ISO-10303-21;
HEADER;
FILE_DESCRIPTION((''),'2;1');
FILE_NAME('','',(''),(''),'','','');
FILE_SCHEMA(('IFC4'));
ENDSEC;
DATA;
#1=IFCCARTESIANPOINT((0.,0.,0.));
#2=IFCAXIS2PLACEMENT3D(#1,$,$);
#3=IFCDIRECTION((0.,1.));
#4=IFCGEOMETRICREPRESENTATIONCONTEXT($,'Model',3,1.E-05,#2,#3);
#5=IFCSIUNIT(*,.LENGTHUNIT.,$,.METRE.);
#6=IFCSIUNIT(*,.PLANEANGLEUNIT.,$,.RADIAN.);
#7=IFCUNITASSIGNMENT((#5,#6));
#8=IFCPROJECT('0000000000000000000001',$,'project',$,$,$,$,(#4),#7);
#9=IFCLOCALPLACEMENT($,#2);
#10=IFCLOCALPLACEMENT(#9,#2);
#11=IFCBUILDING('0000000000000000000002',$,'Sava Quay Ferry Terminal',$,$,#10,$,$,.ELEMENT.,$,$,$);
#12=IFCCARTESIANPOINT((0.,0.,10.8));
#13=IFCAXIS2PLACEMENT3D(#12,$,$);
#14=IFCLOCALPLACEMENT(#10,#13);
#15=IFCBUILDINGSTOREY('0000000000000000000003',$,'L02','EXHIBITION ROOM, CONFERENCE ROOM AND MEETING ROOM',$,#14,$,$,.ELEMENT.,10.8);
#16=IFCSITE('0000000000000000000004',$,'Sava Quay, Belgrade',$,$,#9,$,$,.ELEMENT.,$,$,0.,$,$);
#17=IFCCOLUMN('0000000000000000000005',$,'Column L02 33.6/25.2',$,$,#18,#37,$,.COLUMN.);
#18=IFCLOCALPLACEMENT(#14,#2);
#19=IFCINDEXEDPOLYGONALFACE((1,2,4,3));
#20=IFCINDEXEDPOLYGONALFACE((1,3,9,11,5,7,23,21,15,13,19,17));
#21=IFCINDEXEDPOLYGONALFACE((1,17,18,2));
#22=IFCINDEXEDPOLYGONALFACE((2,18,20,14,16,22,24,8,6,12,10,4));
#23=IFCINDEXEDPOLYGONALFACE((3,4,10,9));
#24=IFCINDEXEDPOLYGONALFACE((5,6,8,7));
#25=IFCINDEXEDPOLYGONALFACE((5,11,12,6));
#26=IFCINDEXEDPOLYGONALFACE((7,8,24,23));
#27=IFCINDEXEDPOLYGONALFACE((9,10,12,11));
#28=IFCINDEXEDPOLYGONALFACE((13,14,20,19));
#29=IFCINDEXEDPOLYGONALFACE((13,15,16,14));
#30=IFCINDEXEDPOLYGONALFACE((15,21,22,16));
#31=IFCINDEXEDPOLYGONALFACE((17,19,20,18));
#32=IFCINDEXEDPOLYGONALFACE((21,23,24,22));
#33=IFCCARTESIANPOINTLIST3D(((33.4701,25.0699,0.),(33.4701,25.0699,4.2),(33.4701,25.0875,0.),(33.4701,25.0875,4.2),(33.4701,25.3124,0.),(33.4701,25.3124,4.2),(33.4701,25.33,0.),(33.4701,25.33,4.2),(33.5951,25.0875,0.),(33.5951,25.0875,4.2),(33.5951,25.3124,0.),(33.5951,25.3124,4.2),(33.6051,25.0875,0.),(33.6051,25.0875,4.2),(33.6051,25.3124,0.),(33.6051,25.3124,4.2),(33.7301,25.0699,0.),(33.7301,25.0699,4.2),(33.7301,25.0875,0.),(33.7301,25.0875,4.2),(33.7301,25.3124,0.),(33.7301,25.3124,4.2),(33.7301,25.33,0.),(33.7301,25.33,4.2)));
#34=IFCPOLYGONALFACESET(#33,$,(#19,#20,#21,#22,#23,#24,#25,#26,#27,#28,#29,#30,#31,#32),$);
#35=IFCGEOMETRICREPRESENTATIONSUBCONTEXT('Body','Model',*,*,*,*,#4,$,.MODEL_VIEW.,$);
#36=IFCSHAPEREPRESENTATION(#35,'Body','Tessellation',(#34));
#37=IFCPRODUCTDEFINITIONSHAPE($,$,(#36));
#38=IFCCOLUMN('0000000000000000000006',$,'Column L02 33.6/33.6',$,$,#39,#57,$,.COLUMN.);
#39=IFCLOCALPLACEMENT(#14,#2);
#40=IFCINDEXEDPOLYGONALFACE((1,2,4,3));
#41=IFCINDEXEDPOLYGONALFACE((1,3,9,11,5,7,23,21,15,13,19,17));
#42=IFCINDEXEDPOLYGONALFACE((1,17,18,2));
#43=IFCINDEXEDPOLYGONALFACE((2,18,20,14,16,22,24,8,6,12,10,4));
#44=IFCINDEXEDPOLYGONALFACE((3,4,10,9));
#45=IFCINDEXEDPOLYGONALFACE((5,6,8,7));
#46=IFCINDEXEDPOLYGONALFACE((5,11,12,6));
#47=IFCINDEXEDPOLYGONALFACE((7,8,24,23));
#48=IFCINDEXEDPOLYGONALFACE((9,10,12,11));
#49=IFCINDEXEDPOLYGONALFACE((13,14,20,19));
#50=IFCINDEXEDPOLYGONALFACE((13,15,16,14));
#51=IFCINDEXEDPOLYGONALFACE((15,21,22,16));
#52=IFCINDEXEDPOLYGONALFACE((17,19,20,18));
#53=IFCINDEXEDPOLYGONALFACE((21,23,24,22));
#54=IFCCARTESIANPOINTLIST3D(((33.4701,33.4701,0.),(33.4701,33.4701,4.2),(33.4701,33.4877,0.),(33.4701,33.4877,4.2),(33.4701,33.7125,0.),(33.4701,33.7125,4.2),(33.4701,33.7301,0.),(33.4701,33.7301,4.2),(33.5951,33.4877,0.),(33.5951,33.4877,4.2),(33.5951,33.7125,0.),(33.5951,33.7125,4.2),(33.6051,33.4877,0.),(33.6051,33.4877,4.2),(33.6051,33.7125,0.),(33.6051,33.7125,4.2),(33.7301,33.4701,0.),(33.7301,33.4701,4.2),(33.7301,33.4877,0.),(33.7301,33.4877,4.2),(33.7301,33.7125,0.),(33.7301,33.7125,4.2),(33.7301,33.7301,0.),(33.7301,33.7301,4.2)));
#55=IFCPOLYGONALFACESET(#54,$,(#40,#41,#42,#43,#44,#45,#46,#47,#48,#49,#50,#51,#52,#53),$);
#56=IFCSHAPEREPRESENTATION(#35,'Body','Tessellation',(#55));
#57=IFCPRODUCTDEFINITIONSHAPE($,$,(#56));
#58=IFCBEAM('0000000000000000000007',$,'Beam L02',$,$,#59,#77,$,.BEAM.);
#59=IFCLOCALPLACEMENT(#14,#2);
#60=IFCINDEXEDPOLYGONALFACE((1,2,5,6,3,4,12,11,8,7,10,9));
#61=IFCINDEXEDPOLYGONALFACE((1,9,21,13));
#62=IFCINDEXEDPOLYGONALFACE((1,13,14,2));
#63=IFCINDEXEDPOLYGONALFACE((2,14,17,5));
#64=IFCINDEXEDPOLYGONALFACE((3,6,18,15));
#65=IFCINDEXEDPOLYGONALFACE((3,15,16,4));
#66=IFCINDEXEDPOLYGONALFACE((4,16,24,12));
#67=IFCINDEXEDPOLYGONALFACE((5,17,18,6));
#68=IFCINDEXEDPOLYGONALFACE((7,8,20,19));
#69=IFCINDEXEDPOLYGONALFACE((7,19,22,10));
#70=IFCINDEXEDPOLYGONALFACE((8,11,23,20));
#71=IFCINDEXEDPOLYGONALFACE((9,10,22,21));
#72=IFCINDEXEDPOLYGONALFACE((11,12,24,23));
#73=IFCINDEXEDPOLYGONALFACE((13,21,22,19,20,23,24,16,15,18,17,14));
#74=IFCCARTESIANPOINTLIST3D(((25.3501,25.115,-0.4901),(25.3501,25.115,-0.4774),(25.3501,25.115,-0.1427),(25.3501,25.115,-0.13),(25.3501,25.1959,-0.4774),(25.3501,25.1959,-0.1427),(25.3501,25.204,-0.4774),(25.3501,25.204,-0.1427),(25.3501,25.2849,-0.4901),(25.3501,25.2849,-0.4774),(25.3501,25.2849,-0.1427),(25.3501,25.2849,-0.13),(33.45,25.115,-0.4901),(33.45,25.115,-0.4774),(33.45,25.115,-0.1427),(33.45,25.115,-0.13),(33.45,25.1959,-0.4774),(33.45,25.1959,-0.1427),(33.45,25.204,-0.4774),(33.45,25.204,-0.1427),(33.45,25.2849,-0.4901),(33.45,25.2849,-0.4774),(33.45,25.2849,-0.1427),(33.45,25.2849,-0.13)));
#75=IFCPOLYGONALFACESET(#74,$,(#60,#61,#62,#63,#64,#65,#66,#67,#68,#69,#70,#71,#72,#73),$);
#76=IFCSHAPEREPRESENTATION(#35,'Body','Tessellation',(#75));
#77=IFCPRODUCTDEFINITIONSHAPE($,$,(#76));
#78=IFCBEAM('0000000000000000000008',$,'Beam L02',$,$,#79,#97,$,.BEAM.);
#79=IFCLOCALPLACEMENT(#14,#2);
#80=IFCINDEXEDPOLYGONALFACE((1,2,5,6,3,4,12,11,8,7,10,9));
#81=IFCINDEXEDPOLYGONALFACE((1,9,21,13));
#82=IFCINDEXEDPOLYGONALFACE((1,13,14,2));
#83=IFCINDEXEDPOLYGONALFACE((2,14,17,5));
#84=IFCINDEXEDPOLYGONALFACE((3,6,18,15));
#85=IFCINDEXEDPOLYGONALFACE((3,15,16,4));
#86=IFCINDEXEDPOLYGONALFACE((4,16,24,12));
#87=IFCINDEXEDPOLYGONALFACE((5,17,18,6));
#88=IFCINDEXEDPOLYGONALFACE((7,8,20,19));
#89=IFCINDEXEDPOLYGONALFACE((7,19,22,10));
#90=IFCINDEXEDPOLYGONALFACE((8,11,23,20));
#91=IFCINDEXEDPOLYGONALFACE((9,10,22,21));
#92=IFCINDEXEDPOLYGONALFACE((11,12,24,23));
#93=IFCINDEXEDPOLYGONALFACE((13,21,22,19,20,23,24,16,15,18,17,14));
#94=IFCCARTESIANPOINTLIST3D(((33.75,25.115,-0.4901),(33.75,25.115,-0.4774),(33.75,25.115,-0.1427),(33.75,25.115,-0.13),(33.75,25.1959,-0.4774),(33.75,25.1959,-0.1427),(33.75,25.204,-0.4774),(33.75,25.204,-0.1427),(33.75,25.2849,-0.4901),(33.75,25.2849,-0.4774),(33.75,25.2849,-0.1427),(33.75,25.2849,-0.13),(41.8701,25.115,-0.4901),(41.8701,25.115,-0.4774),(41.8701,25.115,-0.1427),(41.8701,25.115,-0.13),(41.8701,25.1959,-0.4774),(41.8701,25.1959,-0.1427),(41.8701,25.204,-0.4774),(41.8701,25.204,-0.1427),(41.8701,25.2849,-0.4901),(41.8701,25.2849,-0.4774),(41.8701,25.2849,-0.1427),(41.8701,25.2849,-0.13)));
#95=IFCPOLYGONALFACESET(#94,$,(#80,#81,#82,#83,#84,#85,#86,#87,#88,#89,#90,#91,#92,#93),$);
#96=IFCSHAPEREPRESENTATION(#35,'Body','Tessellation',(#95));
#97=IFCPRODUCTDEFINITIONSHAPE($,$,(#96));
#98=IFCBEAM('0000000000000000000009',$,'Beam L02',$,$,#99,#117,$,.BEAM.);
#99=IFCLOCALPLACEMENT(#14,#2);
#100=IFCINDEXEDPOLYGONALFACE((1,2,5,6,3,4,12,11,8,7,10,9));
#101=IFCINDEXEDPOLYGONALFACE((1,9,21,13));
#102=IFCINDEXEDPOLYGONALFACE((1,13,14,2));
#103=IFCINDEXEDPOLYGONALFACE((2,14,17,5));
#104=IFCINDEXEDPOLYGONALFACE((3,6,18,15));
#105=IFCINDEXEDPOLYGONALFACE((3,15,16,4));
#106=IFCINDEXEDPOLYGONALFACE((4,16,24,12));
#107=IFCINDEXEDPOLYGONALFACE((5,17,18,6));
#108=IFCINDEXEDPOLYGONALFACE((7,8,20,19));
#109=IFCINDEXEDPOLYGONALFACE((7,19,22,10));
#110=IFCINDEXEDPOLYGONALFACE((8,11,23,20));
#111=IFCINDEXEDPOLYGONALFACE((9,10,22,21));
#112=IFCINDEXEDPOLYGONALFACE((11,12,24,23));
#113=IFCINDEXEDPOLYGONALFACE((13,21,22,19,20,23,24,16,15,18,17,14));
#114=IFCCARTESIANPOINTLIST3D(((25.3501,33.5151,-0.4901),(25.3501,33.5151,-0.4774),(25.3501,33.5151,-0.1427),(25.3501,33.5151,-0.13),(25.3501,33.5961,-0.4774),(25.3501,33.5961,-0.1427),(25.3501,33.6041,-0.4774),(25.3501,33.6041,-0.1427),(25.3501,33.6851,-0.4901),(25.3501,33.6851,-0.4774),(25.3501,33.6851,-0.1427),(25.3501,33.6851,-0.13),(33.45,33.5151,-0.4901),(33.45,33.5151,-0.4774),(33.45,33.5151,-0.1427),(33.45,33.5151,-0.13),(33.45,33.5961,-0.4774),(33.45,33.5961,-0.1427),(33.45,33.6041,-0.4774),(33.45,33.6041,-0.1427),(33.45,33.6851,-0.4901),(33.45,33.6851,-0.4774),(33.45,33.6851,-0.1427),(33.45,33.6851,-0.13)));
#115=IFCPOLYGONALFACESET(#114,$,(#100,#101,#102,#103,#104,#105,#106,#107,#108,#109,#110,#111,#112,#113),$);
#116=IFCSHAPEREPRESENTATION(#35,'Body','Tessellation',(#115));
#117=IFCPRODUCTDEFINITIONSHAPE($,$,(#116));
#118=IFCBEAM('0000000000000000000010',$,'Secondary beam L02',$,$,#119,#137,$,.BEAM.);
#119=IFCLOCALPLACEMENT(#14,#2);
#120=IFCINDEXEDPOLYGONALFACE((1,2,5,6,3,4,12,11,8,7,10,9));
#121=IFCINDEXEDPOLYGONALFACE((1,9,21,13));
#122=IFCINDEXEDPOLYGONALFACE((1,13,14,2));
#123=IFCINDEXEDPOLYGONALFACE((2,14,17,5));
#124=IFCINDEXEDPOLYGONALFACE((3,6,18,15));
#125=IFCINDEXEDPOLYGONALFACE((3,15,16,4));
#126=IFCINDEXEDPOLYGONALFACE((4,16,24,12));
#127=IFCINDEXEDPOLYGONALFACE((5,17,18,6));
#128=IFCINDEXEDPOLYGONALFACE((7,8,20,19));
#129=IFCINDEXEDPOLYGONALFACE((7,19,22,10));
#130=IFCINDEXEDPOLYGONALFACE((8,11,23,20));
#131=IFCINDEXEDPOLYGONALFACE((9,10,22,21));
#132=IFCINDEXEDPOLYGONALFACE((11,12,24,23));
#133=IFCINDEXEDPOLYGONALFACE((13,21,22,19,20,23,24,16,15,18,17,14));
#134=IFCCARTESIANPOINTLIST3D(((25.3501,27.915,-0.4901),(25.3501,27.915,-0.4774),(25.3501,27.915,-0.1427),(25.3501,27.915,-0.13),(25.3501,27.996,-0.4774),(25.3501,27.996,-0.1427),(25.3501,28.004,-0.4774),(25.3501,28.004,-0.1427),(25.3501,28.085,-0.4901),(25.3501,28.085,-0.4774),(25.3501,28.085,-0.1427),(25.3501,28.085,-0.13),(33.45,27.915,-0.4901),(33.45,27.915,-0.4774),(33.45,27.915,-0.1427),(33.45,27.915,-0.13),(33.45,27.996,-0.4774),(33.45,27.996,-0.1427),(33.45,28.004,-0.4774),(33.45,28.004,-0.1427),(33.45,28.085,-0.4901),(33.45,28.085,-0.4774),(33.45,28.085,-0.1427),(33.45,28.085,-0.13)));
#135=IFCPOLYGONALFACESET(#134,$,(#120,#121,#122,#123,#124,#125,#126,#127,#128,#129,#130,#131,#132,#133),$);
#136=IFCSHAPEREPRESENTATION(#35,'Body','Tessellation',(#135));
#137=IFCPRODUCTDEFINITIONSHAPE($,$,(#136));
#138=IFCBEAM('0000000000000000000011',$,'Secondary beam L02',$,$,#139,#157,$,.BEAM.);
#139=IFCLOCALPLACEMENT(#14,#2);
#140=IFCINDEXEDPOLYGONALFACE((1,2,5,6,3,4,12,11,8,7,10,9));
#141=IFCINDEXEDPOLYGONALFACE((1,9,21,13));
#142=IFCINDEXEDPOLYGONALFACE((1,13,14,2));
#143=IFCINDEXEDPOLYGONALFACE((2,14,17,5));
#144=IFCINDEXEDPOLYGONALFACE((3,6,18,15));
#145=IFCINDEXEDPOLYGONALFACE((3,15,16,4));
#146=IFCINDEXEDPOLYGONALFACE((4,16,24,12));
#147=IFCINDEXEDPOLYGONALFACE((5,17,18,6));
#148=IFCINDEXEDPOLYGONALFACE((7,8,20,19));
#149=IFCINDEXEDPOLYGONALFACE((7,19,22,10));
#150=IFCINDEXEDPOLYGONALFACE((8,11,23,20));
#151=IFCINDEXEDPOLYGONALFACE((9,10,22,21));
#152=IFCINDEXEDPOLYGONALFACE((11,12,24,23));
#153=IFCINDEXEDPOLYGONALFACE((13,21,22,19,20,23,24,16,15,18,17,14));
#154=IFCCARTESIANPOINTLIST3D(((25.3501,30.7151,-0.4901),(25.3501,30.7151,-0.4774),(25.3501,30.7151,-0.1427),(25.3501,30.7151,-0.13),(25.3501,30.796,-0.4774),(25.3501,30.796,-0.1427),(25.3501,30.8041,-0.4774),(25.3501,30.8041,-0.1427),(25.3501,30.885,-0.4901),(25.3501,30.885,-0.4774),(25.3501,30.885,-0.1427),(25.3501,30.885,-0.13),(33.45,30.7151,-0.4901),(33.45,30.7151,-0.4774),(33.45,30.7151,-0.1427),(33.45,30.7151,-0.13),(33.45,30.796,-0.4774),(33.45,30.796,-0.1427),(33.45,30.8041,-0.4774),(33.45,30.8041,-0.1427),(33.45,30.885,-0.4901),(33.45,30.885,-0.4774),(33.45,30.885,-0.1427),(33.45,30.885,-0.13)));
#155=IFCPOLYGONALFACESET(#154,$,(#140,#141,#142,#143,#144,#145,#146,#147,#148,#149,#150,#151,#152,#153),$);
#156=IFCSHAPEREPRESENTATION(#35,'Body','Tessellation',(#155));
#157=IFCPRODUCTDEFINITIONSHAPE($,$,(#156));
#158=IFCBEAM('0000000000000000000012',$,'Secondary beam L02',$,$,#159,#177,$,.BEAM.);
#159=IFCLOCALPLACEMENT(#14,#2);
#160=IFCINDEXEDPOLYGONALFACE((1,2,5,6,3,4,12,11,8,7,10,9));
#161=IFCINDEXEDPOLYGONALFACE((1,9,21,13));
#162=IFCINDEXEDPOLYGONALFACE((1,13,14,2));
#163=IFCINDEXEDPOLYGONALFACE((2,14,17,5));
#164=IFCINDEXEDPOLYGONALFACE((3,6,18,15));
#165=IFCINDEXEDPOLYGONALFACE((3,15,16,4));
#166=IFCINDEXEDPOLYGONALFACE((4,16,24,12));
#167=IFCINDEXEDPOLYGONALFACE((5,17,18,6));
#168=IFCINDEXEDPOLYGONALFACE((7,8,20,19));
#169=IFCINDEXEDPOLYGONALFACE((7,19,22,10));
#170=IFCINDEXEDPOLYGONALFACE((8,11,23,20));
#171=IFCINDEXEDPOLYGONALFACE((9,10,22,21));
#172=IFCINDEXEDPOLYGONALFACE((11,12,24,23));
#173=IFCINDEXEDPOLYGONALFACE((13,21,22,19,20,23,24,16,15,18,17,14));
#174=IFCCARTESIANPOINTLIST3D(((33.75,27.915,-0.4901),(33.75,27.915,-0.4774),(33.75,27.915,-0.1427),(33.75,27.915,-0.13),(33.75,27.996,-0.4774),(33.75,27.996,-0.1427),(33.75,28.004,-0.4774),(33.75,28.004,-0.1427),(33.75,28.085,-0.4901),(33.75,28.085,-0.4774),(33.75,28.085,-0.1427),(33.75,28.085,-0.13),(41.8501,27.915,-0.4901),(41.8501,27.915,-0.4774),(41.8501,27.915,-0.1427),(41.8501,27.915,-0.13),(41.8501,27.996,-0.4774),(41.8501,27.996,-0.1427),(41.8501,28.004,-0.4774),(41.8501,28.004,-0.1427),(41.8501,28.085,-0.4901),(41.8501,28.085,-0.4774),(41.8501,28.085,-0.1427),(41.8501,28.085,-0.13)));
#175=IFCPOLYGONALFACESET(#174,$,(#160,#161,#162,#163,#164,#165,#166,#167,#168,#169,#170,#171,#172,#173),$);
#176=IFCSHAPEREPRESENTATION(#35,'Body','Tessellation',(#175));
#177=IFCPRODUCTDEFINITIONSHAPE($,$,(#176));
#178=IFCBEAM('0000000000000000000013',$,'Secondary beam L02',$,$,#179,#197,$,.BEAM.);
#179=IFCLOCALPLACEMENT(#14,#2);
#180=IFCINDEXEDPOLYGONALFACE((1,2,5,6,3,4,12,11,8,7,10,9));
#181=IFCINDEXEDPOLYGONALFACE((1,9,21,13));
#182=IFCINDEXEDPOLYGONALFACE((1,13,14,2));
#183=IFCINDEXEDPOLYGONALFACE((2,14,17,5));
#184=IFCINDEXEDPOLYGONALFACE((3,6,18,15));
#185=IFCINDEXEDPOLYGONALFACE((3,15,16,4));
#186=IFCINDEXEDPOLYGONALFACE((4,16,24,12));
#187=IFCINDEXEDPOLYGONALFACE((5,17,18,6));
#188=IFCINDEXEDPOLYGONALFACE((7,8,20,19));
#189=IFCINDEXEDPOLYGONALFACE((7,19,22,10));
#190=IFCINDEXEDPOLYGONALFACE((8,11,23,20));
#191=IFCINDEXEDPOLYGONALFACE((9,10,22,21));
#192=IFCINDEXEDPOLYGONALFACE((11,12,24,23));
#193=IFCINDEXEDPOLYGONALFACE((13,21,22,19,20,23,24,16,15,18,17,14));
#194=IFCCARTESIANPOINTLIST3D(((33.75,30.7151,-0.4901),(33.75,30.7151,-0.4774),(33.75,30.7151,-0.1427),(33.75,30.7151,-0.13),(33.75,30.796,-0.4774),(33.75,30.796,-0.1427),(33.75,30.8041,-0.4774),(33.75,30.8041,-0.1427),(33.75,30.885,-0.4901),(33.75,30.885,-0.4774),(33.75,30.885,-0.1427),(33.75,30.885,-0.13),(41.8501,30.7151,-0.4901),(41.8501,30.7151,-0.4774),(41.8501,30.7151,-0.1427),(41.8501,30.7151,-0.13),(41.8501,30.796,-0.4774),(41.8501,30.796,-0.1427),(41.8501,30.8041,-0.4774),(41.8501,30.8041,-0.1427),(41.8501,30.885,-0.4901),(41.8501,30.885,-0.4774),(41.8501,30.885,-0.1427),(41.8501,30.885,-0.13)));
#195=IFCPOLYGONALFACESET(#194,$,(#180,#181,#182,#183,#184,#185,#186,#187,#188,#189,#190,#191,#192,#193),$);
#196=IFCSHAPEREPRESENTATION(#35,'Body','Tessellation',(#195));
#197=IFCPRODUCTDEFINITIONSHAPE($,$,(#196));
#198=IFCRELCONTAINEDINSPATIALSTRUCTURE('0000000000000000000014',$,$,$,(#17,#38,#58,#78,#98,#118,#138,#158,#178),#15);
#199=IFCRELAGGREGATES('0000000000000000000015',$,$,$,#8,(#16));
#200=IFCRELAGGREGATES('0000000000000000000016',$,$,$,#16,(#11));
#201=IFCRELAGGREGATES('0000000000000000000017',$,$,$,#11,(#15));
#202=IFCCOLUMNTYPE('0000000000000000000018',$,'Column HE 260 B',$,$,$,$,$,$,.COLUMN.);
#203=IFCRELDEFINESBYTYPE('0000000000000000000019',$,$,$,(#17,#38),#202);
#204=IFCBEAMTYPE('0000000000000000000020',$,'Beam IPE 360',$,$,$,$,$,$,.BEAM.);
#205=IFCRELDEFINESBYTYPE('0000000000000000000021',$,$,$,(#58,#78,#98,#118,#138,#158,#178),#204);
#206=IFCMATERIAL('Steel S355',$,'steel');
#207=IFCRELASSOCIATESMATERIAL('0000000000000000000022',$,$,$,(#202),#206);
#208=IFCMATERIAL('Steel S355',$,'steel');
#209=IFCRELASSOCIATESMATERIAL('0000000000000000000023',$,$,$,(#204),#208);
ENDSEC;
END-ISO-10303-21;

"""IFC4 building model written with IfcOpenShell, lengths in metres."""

from ifc_helpers import new_model, si_unit, direction, frame, origin, origin_2d, place, context, subcontext, project, spatial, i_section, extrude, material, material_profile, profile_set, type_object, element, save


model = new_model("IFC4")

# Units and contexts
model_context = context("Model", 3, precision=1e-05, world=origin(), true_north=direction((0.0, 1.0)))
body_context = subcontext(model_context, "Body", "Model", "MODEL_VIEW")
ifc_project = project(units=[si_unit("LENGTHUNIT", "METRE"), si_unit("PLANEANGLEUNIT", "RADIAN")], contexts=[model_context])

# Site, building, storey
site_placement = place(None, origin())
site = spatial("IfcSite", under=ifc_project, at=site_placement, Name="Sava Quay, Belgrade", CompositionType="ELEMENT", RefElevation=0.0)
building_placement = place(site_placement, origin())
building = spatial("IfcBuilding", under=site, at=building_placement, Name="Sava Quay Ferry Terminal", CompositionType="ELEMENT")
storey_placement = place(building_placement, frame((0.0, 0.0, 10.8)))
storey = spatial("IfcBuildingStorey", under=building, at=storey_placement, Name="L02", Description="EXHIBITION ROOM, CONFERENCE ROOM AND MEETING ROOM", CompositionType="ELEMENT", Elevation=10.8)

# Columns
ifc_material_1 = material(Name="Steel S355", Category="steel")
ifc_material_profile_1 = material_profile(ifc_material_1, i_section(OverallWidth=0.26, OverallDepth=0.26, WebThickness=0.01, FlangeThickness=0.0176, at=origin_2d()), Name="HE 260 B")
ifc_profile_set_1 = profile_set([ifc_material_profile_1], Name="Steel S355")
column_type = type_object("IfcColumnType", Name="Column HE 260 B", PredefinedType="COLUMN", material=ifc_profile_set_1)
for number, where, z_axis, x_axis, name in (
    (1, (33.6001, 25.2, 0.0), (0.0, 0.0, 1.0), (1.0, 0.0, 0.0), "Column L02 33.6/25.2"),
    (2, (33.6001, 33.6001, 0.0), (0.0, 0.0, 1.0), (1.0, 0.0, 0.0), "Column L02 33.6/33.6"),
):
    element("IfcColumn", number, at=place(storey_placement, frame(where, z_axis=z_axis, x_axis=x_axis)), inside=storey, type_object=column_type, Name=name, PredefinedType="COLUMN", context=body_context, shape_type="SweptSolid", body=[
        extrude(i_section(OverallWidth=0.26, OverallDepth=0.26, WebThickness=0.01, FlangeThickness=0.0176, at=origin_2d()), origin(), (0.0, 0.0, 1.0), 4.2),
    ])

# Beams
ifc_material_2 = material(Name="Steel S355", Category="steel")
ifc_material_profile_2 = material_profile(ifc_material_2, i_section(OverallWidth=0.1699, OverallDepth=0.3601, WebThickness=0.0081, FlangeThickness=0.0127, at=origin_2d()), Name="IPE 360")
ifc_profile_set_2 = profile_set([ifc_material_profile_2], Name="Steel S355")
beam_type_1 = type_object("IfcBeamType", Name="Beam IPE 360", PredefinedType="BEAM", material=ifc_profile_set_2)
beam_1_placement = place(storey_placement, frame((25.3501, 25.2, -0.3101), z_axis=(1.0, 0.0, 0.0), x_axis=(0.0, 1.0, 0.0)))
element("IfcBeam", 3, at=beam_1_placement, inside=storey, type_object=beam_type_1, Name="Beam L02", PredefinedType="BEAM", context=body_context, shape_type="SweptSolid", body=[
    extrude(i_section(OverallWidth=0.1699, OverallDepth=0.3601, WebThickness=0.0081, FlangeThickness=0.0127, at=origin_2d()), origin(), (0.0, 0.0, 1.0), 8.0999),
])
beam_2_placement = place(storey_placement, frame((33.75, 25.2, -0.3101), z_axis=(1.0, 0.0, 0.0), x_axis=(0.0, 1.0, 0.0)))
element("IfcBeam", 4, at=beam_2_placement, inside=storey, type_object=beam_type_1, Name="Beam L02", PredefinedType="BEAM", context=body_context, shape_type="SweptSolid", body=[
    extrude(i_section(OverallWidth=0.1699, OverallDepth=0.3601, WebThickness=0.0081, FlangeThickness=0.0127, at=origin_2d()), origin(), (0.0, 0.0, 1.0), 8.1201),
])
for number, where, z_axis, x_axis, name in (
    (5, (25.3501, 33.6001, -0.3101), (1.0, 0.0, 0.0), (0.0, 1.0, 0.0), "Beam L02"),
    (6, (25.3501, 28.0, -0.3101), (1.0, 0.0, 0.0), (0.0, 1.0, 0.0), "Secondary beam L02"),
    (7, (25.3501, 30.8, -0.3101), (1.0, 0.0, 0.0), (0.0, 1.0, 0.0), "Secondary beam L02"),
):
    element("IfcBeam", number, at=place(storey_placement, frame(where, z_axis=z_axis, x_axis=x_axis)), inside=storey, type_object=beam_type_1, Name=name, PredefinedType="BEAM", context=body_context, shape_type="SweptSolid", body=[
        extrude(i_section(OverallWidth=0.1699, OverallDepth=0.3601, WebThickness=0.0081, FlangeThickness=0.0127, at=origin_2d()), origin(), (0.0, 0.0, 1.0), 8.0999),
    ])
for number, where, z_axis, x_axis, name in (
    (8, (33.75, 28.0, -0.3101), (1.0, 0.0, 0.0), (0.0, 1.0, 0.0), "Secondary beam L02"),
    (9, (33.75, 30.8, -0.3101), (1.0, 0.0, 0.0), (0.0, 1.0, 0.0), "Secondary beam L02"),
):
    element("IfcBeam", number, at=place(storey_placement, frame(where, z_axis=z_axis, x_axis=x_axis)), inside=storey, type_object=beam_type_1, Name=name, PredefinedType="BEAM", context=body_context, shape_type="SweptSolid", body=[
        extrude(i_section(OverallWidth=0.1699, OverallDepth=0.3601, WebThickness=0.0081, FlangeThickness=0.0127, at=origin_2d()), origin(), (0.0, 0.0, 1.0), 8.1001),
    ])

save(model, "model.ifc")
